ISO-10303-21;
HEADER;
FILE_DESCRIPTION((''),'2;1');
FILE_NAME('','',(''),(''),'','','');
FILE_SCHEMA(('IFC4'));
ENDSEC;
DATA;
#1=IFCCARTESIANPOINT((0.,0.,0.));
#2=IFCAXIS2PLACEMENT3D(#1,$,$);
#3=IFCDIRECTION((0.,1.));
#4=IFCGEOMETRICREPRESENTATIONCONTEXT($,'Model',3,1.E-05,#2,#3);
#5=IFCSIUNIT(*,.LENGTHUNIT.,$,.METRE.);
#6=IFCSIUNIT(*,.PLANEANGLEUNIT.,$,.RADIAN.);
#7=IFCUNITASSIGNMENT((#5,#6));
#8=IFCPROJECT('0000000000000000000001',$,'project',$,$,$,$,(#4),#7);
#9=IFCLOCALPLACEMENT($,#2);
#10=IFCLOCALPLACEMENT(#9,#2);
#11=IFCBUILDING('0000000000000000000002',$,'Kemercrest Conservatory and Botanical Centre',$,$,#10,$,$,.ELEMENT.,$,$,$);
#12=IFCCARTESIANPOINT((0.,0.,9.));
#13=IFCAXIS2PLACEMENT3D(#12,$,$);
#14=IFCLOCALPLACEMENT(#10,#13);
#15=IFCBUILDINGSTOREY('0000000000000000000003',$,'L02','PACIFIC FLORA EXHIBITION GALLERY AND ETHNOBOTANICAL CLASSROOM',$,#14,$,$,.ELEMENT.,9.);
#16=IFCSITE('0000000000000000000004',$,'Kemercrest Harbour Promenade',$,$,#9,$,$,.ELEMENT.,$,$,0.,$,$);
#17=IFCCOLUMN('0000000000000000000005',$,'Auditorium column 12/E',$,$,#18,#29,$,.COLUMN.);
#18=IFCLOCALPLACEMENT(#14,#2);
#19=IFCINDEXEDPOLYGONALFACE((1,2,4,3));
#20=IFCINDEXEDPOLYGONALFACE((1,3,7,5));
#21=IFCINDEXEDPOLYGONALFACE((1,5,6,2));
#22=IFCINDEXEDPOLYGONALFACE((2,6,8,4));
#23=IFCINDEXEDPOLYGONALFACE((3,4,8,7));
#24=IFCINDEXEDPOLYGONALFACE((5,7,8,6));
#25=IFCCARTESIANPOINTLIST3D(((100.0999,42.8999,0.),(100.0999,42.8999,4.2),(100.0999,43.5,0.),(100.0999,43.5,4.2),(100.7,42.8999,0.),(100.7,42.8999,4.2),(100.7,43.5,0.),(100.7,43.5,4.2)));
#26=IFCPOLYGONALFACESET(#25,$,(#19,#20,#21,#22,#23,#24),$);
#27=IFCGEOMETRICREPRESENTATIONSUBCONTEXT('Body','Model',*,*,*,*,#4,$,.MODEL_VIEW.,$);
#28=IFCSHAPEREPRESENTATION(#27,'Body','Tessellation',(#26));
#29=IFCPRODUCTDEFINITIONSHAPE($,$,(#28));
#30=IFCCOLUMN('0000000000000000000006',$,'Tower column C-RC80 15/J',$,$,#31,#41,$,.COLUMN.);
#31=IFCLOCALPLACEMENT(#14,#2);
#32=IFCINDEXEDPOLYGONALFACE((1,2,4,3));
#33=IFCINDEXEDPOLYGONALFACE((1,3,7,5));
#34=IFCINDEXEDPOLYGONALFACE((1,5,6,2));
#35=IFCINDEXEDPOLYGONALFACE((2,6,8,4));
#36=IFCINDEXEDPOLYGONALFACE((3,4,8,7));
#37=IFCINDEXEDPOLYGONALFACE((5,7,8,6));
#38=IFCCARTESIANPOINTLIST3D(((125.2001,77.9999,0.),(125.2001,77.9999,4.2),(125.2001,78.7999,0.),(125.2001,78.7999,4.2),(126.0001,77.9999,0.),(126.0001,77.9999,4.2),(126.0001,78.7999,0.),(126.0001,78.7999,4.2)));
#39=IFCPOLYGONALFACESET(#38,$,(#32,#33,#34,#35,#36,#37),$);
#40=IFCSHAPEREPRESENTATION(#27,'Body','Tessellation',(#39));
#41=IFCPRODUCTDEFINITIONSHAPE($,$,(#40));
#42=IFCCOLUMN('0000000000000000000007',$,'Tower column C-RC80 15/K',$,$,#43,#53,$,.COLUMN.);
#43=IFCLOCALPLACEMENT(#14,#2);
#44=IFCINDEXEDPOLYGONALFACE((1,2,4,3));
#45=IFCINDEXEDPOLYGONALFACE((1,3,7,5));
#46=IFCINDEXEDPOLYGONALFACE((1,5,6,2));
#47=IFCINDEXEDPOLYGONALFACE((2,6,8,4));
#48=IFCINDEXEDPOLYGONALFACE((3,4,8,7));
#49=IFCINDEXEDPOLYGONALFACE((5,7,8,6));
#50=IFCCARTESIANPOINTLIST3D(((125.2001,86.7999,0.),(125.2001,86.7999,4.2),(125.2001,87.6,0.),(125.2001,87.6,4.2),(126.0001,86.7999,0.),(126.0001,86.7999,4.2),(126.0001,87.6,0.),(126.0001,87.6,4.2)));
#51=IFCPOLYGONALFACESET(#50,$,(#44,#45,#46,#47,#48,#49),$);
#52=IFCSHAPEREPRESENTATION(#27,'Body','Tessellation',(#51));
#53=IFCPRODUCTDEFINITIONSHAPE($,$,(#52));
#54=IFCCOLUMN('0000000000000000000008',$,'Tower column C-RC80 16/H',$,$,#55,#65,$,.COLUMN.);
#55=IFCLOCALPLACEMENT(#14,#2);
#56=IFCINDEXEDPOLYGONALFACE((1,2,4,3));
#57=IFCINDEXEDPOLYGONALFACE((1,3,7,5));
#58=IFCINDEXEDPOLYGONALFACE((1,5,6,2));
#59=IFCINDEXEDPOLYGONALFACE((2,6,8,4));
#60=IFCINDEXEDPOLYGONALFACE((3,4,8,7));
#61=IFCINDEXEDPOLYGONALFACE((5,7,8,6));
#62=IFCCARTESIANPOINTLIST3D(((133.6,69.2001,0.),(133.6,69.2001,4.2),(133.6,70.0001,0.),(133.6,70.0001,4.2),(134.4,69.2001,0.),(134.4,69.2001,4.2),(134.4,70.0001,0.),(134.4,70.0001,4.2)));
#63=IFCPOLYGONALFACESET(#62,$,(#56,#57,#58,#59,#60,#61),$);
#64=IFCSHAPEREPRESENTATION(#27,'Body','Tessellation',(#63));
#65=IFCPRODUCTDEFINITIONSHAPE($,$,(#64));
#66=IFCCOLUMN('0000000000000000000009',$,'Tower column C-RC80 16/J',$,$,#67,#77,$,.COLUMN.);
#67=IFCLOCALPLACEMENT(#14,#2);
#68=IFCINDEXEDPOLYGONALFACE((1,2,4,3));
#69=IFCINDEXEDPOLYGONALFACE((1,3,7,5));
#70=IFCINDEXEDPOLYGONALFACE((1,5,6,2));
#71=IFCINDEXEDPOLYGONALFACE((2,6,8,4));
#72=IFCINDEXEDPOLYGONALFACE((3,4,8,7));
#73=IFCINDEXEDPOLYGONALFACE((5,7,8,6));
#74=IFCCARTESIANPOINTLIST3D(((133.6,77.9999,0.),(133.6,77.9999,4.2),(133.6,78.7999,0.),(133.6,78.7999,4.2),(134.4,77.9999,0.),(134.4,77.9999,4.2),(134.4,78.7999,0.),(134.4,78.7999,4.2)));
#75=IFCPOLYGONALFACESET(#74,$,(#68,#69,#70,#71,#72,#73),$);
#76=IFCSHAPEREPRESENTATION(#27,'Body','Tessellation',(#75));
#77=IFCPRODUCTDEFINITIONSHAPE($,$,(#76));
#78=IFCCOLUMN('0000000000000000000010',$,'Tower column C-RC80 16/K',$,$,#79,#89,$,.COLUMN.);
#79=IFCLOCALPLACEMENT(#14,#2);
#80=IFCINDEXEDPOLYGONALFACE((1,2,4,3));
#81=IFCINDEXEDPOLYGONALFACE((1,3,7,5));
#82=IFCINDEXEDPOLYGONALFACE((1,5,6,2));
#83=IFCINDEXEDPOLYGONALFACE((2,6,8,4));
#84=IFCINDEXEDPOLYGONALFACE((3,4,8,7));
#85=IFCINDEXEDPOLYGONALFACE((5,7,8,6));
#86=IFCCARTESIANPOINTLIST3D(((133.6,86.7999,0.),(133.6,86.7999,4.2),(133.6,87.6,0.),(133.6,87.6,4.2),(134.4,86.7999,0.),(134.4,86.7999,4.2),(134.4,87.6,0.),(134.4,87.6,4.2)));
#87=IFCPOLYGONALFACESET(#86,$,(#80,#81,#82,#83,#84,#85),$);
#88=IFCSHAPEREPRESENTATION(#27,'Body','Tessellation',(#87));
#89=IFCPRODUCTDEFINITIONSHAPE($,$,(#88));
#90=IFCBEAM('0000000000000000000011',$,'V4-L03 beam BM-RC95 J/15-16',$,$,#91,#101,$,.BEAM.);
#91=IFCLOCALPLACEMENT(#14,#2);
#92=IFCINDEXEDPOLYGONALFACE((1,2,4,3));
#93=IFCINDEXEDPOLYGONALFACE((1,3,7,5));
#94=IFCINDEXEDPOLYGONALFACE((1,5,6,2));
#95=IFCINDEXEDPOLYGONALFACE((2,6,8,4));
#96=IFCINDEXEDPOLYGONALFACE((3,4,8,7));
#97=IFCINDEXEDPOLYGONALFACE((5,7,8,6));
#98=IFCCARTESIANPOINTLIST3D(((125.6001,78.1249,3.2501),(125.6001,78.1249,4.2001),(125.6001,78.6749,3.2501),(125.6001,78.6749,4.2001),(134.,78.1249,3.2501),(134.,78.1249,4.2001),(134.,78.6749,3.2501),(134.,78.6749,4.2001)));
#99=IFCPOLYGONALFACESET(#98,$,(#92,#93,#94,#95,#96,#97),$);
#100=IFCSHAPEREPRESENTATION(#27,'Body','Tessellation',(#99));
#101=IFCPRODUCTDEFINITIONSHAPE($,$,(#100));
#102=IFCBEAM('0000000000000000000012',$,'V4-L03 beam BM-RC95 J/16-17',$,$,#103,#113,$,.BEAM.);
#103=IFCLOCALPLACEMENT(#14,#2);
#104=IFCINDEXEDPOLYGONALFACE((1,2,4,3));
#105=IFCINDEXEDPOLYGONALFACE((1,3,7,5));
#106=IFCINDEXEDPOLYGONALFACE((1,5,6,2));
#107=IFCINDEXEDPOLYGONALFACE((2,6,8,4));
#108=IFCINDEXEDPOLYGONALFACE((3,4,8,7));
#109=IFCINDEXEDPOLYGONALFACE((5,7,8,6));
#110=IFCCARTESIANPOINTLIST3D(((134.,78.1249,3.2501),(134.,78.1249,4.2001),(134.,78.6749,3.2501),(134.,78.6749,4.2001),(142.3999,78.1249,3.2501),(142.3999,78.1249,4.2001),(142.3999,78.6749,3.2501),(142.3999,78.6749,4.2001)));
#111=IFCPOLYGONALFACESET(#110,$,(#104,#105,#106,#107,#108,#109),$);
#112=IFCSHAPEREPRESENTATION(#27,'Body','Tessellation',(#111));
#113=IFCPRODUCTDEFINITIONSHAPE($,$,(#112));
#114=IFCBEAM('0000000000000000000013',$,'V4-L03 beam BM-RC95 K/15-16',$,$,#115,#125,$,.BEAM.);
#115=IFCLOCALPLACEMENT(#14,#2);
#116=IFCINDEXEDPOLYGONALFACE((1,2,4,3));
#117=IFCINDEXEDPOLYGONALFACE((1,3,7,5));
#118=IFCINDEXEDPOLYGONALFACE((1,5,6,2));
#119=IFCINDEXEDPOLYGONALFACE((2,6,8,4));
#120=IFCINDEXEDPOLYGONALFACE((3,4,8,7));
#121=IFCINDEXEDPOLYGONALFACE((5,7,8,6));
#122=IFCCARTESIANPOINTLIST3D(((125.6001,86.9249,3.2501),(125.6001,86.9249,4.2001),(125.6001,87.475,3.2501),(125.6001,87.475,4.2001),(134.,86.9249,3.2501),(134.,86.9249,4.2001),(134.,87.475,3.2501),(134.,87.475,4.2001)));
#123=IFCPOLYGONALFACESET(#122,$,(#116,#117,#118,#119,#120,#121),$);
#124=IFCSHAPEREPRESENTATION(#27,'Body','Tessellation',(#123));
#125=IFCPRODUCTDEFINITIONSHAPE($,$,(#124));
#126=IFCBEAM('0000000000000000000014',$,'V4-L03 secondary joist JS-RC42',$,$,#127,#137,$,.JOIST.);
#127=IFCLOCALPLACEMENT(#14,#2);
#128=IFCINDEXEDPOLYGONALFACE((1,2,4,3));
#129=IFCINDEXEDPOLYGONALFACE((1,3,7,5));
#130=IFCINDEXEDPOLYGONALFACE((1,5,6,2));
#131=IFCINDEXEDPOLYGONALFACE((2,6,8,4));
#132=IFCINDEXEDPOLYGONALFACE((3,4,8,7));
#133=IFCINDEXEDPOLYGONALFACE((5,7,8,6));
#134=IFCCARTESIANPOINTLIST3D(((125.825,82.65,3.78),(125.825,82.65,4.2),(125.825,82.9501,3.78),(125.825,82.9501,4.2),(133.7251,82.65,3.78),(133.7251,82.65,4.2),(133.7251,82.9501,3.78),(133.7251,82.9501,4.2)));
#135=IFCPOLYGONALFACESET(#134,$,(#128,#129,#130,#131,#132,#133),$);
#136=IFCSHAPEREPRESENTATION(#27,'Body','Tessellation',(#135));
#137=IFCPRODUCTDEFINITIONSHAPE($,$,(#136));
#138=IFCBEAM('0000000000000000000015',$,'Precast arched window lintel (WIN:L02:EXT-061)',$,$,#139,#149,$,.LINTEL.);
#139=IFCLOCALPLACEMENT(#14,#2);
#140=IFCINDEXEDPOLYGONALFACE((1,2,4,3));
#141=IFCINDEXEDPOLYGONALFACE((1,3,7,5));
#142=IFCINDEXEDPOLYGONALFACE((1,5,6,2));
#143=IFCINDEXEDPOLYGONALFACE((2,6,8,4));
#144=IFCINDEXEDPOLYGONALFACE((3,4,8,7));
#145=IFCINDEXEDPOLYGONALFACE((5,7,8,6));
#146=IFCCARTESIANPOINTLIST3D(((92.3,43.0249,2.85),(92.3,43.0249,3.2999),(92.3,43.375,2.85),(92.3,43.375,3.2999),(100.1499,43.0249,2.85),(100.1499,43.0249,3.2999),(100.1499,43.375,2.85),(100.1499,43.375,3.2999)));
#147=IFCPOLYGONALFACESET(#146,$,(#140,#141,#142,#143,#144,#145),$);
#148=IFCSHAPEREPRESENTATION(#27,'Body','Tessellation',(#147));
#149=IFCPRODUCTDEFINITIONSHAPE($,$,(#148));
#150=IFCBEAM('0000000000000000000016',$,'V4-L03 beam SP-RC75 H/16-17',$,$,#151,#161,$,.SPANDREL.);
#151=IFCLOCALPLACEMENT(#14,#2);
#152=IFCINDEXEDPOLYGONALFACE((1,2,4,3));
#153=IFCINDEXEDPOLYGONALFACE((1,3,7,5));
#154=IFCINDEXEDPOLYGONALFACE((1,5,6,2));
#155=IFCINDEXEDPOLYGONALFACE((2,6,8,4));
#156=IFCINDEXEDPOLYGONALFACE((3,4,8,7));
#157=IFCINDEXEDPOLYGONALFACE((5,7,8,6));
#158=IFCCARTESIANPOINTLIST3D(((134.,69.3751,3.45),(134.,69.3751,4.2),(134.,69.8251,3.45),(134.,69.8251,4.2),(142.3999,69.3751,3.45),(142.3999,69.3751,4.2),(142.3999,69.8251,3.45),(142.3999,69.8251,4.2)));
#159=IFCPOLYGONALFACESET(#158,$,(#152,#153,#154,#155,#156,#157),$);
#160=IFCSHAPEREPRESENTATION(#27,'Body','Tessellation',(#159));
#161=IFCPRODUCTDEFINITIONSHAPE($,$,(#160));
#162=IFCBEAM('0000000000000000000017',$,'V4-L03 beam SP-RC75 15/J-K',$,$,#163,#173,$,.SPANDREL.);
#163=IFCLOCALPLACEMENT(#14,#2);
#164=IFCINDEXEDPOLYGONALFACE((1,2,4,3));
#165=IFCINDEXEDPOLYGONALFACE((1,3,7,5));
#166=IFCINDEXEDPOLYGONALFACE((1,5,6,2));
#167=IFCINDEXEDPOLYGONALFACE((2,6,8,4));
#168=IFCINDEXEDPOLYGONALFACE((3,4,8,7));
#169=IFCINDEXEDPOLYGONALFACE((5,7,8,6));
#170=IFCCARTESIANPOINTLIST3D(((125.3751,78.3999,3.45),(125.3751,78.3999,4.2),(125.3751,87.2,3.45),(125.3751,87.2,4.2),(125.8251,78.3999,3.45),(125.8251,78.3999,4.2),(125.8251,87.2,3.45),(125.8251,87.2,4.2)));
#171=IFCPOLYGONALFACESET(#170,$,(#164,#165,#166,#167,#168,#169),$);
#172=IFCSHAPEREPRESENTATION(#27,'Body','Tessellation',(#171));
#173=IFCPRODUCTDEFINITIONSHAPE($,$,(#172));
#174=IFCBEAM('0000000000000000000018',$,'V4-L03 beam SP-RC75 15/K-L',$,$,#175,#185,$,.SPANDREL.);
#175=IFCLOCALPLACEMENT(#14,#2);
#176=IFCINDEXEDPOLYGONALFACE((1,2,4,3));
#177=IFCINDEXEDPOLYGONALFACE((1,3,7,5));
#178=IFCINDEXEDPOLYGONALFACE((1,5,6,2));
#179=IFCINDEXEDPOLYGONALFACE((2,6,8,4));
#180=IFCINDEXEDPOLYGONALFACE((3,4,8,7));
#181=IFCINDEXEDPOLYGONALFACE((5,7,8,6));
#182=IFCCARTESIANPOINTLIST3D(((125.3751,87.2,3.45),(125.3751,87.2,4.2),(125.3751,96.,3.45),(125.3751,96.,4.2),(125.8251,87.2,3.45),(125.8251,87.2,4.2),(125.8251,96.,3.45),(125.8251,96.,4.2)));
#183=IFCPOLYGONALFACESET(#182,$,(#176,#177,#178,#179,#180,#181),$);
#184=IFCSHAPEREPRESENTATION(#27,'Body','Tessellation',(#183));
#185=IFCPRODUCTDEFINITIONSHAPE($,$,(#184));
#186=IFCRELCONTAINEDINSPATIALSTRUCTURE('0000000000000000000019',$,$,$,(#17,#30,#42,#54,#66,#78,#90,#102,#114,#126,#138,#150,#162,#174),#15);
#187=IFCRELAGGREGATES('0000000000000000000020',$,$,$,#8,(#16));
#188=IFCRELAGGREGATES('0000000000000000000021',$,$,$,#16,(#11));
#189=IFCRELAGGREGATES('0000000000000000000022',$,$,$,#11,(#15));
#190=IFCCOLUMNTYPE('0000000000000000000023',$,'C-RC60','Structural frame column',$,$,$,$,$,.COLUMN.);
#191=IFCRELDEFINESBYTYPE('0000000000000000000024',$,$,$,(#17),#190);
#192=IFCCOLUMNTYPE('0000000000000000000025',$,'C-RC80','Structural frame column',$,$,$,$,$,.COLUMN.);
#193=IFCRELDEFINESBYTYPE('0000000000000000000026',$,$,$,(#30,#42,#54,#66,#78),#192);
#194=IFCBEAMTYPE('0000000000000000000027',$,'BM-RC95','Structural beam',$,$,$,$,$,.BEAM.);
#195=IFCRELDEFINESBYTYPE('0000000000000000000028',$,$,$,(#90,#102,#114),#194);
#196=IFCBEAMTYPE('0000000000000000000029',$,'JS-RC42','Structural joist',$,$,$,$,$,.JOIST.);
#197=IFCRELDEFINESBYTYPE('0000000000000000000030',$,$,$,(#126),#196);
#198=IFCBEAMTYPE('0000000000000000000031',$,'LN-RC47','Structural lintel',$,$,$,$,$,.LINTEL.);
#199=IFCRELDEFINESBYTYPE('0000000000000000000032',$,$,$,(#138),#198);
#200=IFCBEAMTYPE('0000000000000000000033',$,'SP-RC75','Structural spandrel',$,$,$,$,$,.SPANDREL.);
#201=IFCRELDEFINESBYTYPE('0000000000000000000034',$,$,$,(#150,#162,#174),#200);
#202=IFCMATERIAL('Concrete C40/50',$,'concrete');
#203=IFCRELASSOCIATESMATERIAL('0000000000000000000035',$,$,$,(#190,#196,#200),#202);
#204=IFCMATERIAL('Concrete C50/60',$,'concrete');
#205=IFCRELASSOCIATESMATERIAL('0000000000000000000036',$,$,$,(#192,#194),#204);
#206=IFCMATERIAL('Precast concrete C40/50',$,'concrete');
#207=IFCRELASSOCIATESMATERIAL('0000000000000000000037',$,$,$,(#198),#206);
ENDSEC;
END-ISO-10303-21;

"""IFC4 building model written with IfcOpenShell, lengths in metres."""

from ifc_helpers import new_model, si_unit, direction, frame, origin, origin_2d, place, context, subcontext, project, spatial, rectangle, extrude, material, material_profile, profile_set, type_object, element, save


model = new_model("IFC4")

# Units and contexts
model_context = context("Model", 3, precision=1e-05, world=origin(), true_north=direction((0.0, 1.0)))
body_context = subcontext(model_context, "Body", "Model", "MODEL_VIEW")
ifc_project = project(units=[si_unit("LENGTHUNIT", "METRE"), si_unit("PLANEANGLEUNIT", "RADIAN")], contexts=[model_context])

# Site, building, storey
site_placement = place(None, origin())
site = spatial("IfcSite", under=ifc_project, at=site_placement, Name="Kemercrest Harbour Promenade", CompositionType="ELEMENT", RefElevation=0.0)
building_placement = place(site_placement, origin())
building = spatial("IfcBuilding", under=site, at=building_placement, Name="Kemercrest Conservatory and Botanical Centre", CompositionType="ELEMENT")
storey_placement = place(building_placement, frame((0.0, 0.0, 9.0)))
storey = spatial("IfcBuildingStorey", under=building, at=storey_placement, Name="L02", Description="PACIFIC FLORA EXHIBITION GALLERY AND ETHNOBOTANICAL CLASSROOM", CompositionType="ELEMENT", Elevation=9.0)

# Columns
ifc_material_1 = material(Name="Concrete C40/50", Category="concrete")
ifc_material_profile_1 = material_profile(ifc_material_1, rectangle(XDim=0.6001, YDim=0.6001, at=origin_2d()), Name="RC 600x600")
ifc_profile_set_1 = profile_set([ifc_material_profile_1], Name="Concrete C40/50")
column_type_1 = type_object("IfcColumnType", Name="C-RC60", Description="Structural frame column", PredefinedType="COLUMN", material=ifc_profile_set_1)
column_placement = place(storey_placement, frame((100.3999, 43.2, 0.0), z_axis=(0.0, 0.0, 1.0), x_axis=(1.0, 0.0, 0.0)))
element("IfcColumn", 1, at=column_placement, inside=storey, type_object=column_type_1, Name="Auditorium column 12/E", PredefinedType="COLUMN", context=body_context, shape_type="SweptSolid", body=[
    extrude(rectangle(XDim=0.6001, YDim=0.6001, at=origin_2d()), origin(), (0.0, 0.0, 1.0), 4.2),
])
ifc_material_2 = material(Name="Concrete C50/60", Category="concrete")
ifc_material_profile_2 = material_profile(ifc_material_2, rectangle(XDim=0.8, YDim=0.8, at=origin_2d()), Name="RC 800x800")
ifc_profile_set_2 = profile_set([ifc_material_profile_2], Name="Concrete C50/60")
column_type_2 = type_object("IfcColumnType", Name="C-RC80", Description="Structural frame column", PredefinedType="COLUMN", material=ifc_profile_set_2)
for number, where, z_axis, x_axis, name in (
    (2, (125.6001, 78.3999, 0.0), (0.0, 0.0, 1.0), (1.0, 0.0, 0.0), "Tower column C-RC80 15/J"),
    (3, (125.6001, 87.2, 0.0), (0.0, 0.0, 1.0), (1.0, 0.0, 0.0), "Tower column C-RC80 15/K"),
    (4, (134.0, 69.6001, 0.0), (0.0, 0.0, 1.0), (1.0, 0.0, 0.0), "Tower column C-RC80 16/H"),
    (5, (134.0, 78.3999, 0.0), (0.0, 0.0, 1.0), (1.0, 0.0, 0.0), "Tower column C-RC80 16/J"),
    (6, (134.0, 87.2, 0.0), (0.0, 0.0, 1.0), (1.0, 0.0, 0.0), "Tower column C-RC80 16/K"),
):
    element("IfcColumn", number, at=place(storey_placement, frame(where, z_axis=z_axis, x_axis=x_axis)), inside=storey, type_object=column_type_2, Name=name, PredefinedType="COLUMN", context=body_context, shape_type="SweptSolid", body=[
        extrude(rectangle(XDim=0.8, YDim=0.8, at=origin_2d()), origin(), (0.0, 0.0, 1.0), 4.2),
    ])

# Beams
ifc_material_profile_3 = material_profile(ifc_material_2, rectangle(XDim=0.55, YDim=0.95, at=origin_2d()), Name="RC 550x950")
ifc_profile_set_3 = profile_set([ifc_material_profile_3], Name="Concrete C50/60")
beam_type_1 = type_object("IfcBeamType", Name="BM-RC95", Description="Structural beam", PredefinedType="BEAM", material=ifc_profile_set_3)
for number, where, z_axis, x_axis, name in (
    (7, (125.6001, 78.3999, 3.7251), (1.0, 0.0, 0.0), (0.0, 1.0, 0.0), "V4-L03 beam BM-RC95 J/15-16"),
    (8, (134.0, 78.3999, 3.7251), (1.0, 0.0, 0.0), (0.0, 1.0, 0.0), "V4-L03 beam BM-RC95 J/16-17"),
    (9, (125.6001, 87.2, 3.7251), (1.0, 0.0, 0.0), (0.0, 1.0, 0.0), "V4-L03 beam BM-RC95 K/15-16"),
):
    element("IfcBeam", number, at=place(storey_placement, frame(where, z_axis=z_axis, x_axis=x_axis)), inside=storey, type_object=beam_type_1, Name=name, PredefinedType="BEAM", context=body_context, shape_type="SweptSolid", body=[
        extrude(rectangle(XDim=0.55, YDim=0.95, at=origin_2d()), origin(), (0.0, 0.0, 1.0), 8.3999),
    ])
ifc_material_profile_4 = material_profile(ifc_material_1, rectangle(XDim=0.3, YDim=0.4199, at=origin_2d()), Name="RC 300x420")
ifc_profile_set_4 = profile_set([ifc_material_profile_4], Name="Concrete C40/50")
beam_type_2 = type_object("IfcBeamType", Name="JS-RC42", Description="Structural joist", PredefinedType="JOIST", material=ifc_profile_set_4)
beam_1_placement = place(storey_placement, frame((125.825, 82.8, 3.99), z_axis=(1.0, 0.0, 0.0), x_axis=(0.0, 1.0, 0.0)))
element("IfcBeam", 10, at=beam_1_placement, inside=storey, type_object=beam_type_2, Name="V4-L03 secondary joist JS-RC42", PredefinedType="JOIST", context=body_context, shape_type="SweptSolid", body=[
    extrude(rectangle(XDim=0.3, YDim=0.4199, at=origin_2d()), origin(), (0.0, 0.0, 1.0), 7.9001),
])
ifc_material_3 = material(Name="Precast concrete C40/50", Category="concrete")
ifc_material_profile_5 = material_profile(ifc_material_3, rectangle(XDim=0.3501, YDim=0.45, at=origin_2d()), Name="RC 350x450")
ifc_profile_set_5 = profile_set([ifc_material_profile_5], Name="Precast concrete C40/50")
beam_type_3 = type_object("IfcBeamType", Name="LN-RC47", Description="Structural lintel", PredefinedType="LINTEL", material=ifc_profile_set_5)
beam_2_placement = place(storey_placement, frame((100.1499, 43.2, 3.075), z_axis=(-1.0, 0.0, 0.0), x_axis=(0.0, -1.0, 0.0)))
element("IfcBeam", 11, at=beam_2_placement, inside=storey, type_object=beam_type_3, Name="Precast arched window lintel (WIN:L02:EXT-061)", PredefinedType="LINTEL", context=body_context, shape_type="SweptSolid", body=[
    extrude(rectangle(XDim=0.3501, YDim=0.45, at=origin_2d()), origin(), (0.0, 0.0, 1.0), 7.8499),
])
ifc_material_profile_6 = material_profile(ifc_material_1, rectangle(XDim=0.45, YDim=0.75, at=origin_2d()), Name="RC 450x750")
ifc_profile_set_6 = profile_set([ifc_material_profile_6], Name="Concrete C40/50")
beam_type_4 = type_object("IfcBeamType", Name="SP-RC75", Description="Structural spandrel", PredefinedType="SPANDREL", material=ifc_profile_set_6)
beam_3_placement = place(storey_placement, frame((134.0, 69.6001, 3.825), z_axis=(1.0, 0.0, 0.0), x_axis=(0.0, 1.0, 0.0)))
element("IfcBeam", 12, at=beam_3_placement, inside=storey, type_object=beam_type_4, Name="V4-L03 beam SP-RC75 H/16-17", PredefinedType="SPANDREL", context=body_context, shape_type="SweptSolid", body=[
    extrude(rectangle(XDim=0.45, YDim=0.75, at=origin_2d()), origin(), (0.0, 0.0, 1.0), 8.3999),
])
for number, where, z_axis, x_axis, name in (
    (13, (125.6001, 78.3999, 3.825), (0.0, 1.0, 0.0), (-1.0, 0.0, 0.0), "V4-L03 beam SP-RC75 15/J-K"),
    (14, (125.6001, 87.2, 3.825), (0.0, 1.0, 0.0), (-1.0, 0.0, 0.0), "V4-L03 beam SP-RC75 15/K-L"),
):
    element("IfcBeam", number, at=place(storey_placement, frame(where, z_axis=z_axis, x_axis=x_axis)), inside=storey, type_object=beam_type_4, Name=name, PredefinedType="SPANDREL", context=body_context, shape_type="SweptSolid", body=[
        extrude(rectangle(XDim=0.45, YDim=0.75, at=origin_2d()), origin(), (0.0, 0.0, 1.0), 8.8),
    ])

save(model, "model.ifc")
